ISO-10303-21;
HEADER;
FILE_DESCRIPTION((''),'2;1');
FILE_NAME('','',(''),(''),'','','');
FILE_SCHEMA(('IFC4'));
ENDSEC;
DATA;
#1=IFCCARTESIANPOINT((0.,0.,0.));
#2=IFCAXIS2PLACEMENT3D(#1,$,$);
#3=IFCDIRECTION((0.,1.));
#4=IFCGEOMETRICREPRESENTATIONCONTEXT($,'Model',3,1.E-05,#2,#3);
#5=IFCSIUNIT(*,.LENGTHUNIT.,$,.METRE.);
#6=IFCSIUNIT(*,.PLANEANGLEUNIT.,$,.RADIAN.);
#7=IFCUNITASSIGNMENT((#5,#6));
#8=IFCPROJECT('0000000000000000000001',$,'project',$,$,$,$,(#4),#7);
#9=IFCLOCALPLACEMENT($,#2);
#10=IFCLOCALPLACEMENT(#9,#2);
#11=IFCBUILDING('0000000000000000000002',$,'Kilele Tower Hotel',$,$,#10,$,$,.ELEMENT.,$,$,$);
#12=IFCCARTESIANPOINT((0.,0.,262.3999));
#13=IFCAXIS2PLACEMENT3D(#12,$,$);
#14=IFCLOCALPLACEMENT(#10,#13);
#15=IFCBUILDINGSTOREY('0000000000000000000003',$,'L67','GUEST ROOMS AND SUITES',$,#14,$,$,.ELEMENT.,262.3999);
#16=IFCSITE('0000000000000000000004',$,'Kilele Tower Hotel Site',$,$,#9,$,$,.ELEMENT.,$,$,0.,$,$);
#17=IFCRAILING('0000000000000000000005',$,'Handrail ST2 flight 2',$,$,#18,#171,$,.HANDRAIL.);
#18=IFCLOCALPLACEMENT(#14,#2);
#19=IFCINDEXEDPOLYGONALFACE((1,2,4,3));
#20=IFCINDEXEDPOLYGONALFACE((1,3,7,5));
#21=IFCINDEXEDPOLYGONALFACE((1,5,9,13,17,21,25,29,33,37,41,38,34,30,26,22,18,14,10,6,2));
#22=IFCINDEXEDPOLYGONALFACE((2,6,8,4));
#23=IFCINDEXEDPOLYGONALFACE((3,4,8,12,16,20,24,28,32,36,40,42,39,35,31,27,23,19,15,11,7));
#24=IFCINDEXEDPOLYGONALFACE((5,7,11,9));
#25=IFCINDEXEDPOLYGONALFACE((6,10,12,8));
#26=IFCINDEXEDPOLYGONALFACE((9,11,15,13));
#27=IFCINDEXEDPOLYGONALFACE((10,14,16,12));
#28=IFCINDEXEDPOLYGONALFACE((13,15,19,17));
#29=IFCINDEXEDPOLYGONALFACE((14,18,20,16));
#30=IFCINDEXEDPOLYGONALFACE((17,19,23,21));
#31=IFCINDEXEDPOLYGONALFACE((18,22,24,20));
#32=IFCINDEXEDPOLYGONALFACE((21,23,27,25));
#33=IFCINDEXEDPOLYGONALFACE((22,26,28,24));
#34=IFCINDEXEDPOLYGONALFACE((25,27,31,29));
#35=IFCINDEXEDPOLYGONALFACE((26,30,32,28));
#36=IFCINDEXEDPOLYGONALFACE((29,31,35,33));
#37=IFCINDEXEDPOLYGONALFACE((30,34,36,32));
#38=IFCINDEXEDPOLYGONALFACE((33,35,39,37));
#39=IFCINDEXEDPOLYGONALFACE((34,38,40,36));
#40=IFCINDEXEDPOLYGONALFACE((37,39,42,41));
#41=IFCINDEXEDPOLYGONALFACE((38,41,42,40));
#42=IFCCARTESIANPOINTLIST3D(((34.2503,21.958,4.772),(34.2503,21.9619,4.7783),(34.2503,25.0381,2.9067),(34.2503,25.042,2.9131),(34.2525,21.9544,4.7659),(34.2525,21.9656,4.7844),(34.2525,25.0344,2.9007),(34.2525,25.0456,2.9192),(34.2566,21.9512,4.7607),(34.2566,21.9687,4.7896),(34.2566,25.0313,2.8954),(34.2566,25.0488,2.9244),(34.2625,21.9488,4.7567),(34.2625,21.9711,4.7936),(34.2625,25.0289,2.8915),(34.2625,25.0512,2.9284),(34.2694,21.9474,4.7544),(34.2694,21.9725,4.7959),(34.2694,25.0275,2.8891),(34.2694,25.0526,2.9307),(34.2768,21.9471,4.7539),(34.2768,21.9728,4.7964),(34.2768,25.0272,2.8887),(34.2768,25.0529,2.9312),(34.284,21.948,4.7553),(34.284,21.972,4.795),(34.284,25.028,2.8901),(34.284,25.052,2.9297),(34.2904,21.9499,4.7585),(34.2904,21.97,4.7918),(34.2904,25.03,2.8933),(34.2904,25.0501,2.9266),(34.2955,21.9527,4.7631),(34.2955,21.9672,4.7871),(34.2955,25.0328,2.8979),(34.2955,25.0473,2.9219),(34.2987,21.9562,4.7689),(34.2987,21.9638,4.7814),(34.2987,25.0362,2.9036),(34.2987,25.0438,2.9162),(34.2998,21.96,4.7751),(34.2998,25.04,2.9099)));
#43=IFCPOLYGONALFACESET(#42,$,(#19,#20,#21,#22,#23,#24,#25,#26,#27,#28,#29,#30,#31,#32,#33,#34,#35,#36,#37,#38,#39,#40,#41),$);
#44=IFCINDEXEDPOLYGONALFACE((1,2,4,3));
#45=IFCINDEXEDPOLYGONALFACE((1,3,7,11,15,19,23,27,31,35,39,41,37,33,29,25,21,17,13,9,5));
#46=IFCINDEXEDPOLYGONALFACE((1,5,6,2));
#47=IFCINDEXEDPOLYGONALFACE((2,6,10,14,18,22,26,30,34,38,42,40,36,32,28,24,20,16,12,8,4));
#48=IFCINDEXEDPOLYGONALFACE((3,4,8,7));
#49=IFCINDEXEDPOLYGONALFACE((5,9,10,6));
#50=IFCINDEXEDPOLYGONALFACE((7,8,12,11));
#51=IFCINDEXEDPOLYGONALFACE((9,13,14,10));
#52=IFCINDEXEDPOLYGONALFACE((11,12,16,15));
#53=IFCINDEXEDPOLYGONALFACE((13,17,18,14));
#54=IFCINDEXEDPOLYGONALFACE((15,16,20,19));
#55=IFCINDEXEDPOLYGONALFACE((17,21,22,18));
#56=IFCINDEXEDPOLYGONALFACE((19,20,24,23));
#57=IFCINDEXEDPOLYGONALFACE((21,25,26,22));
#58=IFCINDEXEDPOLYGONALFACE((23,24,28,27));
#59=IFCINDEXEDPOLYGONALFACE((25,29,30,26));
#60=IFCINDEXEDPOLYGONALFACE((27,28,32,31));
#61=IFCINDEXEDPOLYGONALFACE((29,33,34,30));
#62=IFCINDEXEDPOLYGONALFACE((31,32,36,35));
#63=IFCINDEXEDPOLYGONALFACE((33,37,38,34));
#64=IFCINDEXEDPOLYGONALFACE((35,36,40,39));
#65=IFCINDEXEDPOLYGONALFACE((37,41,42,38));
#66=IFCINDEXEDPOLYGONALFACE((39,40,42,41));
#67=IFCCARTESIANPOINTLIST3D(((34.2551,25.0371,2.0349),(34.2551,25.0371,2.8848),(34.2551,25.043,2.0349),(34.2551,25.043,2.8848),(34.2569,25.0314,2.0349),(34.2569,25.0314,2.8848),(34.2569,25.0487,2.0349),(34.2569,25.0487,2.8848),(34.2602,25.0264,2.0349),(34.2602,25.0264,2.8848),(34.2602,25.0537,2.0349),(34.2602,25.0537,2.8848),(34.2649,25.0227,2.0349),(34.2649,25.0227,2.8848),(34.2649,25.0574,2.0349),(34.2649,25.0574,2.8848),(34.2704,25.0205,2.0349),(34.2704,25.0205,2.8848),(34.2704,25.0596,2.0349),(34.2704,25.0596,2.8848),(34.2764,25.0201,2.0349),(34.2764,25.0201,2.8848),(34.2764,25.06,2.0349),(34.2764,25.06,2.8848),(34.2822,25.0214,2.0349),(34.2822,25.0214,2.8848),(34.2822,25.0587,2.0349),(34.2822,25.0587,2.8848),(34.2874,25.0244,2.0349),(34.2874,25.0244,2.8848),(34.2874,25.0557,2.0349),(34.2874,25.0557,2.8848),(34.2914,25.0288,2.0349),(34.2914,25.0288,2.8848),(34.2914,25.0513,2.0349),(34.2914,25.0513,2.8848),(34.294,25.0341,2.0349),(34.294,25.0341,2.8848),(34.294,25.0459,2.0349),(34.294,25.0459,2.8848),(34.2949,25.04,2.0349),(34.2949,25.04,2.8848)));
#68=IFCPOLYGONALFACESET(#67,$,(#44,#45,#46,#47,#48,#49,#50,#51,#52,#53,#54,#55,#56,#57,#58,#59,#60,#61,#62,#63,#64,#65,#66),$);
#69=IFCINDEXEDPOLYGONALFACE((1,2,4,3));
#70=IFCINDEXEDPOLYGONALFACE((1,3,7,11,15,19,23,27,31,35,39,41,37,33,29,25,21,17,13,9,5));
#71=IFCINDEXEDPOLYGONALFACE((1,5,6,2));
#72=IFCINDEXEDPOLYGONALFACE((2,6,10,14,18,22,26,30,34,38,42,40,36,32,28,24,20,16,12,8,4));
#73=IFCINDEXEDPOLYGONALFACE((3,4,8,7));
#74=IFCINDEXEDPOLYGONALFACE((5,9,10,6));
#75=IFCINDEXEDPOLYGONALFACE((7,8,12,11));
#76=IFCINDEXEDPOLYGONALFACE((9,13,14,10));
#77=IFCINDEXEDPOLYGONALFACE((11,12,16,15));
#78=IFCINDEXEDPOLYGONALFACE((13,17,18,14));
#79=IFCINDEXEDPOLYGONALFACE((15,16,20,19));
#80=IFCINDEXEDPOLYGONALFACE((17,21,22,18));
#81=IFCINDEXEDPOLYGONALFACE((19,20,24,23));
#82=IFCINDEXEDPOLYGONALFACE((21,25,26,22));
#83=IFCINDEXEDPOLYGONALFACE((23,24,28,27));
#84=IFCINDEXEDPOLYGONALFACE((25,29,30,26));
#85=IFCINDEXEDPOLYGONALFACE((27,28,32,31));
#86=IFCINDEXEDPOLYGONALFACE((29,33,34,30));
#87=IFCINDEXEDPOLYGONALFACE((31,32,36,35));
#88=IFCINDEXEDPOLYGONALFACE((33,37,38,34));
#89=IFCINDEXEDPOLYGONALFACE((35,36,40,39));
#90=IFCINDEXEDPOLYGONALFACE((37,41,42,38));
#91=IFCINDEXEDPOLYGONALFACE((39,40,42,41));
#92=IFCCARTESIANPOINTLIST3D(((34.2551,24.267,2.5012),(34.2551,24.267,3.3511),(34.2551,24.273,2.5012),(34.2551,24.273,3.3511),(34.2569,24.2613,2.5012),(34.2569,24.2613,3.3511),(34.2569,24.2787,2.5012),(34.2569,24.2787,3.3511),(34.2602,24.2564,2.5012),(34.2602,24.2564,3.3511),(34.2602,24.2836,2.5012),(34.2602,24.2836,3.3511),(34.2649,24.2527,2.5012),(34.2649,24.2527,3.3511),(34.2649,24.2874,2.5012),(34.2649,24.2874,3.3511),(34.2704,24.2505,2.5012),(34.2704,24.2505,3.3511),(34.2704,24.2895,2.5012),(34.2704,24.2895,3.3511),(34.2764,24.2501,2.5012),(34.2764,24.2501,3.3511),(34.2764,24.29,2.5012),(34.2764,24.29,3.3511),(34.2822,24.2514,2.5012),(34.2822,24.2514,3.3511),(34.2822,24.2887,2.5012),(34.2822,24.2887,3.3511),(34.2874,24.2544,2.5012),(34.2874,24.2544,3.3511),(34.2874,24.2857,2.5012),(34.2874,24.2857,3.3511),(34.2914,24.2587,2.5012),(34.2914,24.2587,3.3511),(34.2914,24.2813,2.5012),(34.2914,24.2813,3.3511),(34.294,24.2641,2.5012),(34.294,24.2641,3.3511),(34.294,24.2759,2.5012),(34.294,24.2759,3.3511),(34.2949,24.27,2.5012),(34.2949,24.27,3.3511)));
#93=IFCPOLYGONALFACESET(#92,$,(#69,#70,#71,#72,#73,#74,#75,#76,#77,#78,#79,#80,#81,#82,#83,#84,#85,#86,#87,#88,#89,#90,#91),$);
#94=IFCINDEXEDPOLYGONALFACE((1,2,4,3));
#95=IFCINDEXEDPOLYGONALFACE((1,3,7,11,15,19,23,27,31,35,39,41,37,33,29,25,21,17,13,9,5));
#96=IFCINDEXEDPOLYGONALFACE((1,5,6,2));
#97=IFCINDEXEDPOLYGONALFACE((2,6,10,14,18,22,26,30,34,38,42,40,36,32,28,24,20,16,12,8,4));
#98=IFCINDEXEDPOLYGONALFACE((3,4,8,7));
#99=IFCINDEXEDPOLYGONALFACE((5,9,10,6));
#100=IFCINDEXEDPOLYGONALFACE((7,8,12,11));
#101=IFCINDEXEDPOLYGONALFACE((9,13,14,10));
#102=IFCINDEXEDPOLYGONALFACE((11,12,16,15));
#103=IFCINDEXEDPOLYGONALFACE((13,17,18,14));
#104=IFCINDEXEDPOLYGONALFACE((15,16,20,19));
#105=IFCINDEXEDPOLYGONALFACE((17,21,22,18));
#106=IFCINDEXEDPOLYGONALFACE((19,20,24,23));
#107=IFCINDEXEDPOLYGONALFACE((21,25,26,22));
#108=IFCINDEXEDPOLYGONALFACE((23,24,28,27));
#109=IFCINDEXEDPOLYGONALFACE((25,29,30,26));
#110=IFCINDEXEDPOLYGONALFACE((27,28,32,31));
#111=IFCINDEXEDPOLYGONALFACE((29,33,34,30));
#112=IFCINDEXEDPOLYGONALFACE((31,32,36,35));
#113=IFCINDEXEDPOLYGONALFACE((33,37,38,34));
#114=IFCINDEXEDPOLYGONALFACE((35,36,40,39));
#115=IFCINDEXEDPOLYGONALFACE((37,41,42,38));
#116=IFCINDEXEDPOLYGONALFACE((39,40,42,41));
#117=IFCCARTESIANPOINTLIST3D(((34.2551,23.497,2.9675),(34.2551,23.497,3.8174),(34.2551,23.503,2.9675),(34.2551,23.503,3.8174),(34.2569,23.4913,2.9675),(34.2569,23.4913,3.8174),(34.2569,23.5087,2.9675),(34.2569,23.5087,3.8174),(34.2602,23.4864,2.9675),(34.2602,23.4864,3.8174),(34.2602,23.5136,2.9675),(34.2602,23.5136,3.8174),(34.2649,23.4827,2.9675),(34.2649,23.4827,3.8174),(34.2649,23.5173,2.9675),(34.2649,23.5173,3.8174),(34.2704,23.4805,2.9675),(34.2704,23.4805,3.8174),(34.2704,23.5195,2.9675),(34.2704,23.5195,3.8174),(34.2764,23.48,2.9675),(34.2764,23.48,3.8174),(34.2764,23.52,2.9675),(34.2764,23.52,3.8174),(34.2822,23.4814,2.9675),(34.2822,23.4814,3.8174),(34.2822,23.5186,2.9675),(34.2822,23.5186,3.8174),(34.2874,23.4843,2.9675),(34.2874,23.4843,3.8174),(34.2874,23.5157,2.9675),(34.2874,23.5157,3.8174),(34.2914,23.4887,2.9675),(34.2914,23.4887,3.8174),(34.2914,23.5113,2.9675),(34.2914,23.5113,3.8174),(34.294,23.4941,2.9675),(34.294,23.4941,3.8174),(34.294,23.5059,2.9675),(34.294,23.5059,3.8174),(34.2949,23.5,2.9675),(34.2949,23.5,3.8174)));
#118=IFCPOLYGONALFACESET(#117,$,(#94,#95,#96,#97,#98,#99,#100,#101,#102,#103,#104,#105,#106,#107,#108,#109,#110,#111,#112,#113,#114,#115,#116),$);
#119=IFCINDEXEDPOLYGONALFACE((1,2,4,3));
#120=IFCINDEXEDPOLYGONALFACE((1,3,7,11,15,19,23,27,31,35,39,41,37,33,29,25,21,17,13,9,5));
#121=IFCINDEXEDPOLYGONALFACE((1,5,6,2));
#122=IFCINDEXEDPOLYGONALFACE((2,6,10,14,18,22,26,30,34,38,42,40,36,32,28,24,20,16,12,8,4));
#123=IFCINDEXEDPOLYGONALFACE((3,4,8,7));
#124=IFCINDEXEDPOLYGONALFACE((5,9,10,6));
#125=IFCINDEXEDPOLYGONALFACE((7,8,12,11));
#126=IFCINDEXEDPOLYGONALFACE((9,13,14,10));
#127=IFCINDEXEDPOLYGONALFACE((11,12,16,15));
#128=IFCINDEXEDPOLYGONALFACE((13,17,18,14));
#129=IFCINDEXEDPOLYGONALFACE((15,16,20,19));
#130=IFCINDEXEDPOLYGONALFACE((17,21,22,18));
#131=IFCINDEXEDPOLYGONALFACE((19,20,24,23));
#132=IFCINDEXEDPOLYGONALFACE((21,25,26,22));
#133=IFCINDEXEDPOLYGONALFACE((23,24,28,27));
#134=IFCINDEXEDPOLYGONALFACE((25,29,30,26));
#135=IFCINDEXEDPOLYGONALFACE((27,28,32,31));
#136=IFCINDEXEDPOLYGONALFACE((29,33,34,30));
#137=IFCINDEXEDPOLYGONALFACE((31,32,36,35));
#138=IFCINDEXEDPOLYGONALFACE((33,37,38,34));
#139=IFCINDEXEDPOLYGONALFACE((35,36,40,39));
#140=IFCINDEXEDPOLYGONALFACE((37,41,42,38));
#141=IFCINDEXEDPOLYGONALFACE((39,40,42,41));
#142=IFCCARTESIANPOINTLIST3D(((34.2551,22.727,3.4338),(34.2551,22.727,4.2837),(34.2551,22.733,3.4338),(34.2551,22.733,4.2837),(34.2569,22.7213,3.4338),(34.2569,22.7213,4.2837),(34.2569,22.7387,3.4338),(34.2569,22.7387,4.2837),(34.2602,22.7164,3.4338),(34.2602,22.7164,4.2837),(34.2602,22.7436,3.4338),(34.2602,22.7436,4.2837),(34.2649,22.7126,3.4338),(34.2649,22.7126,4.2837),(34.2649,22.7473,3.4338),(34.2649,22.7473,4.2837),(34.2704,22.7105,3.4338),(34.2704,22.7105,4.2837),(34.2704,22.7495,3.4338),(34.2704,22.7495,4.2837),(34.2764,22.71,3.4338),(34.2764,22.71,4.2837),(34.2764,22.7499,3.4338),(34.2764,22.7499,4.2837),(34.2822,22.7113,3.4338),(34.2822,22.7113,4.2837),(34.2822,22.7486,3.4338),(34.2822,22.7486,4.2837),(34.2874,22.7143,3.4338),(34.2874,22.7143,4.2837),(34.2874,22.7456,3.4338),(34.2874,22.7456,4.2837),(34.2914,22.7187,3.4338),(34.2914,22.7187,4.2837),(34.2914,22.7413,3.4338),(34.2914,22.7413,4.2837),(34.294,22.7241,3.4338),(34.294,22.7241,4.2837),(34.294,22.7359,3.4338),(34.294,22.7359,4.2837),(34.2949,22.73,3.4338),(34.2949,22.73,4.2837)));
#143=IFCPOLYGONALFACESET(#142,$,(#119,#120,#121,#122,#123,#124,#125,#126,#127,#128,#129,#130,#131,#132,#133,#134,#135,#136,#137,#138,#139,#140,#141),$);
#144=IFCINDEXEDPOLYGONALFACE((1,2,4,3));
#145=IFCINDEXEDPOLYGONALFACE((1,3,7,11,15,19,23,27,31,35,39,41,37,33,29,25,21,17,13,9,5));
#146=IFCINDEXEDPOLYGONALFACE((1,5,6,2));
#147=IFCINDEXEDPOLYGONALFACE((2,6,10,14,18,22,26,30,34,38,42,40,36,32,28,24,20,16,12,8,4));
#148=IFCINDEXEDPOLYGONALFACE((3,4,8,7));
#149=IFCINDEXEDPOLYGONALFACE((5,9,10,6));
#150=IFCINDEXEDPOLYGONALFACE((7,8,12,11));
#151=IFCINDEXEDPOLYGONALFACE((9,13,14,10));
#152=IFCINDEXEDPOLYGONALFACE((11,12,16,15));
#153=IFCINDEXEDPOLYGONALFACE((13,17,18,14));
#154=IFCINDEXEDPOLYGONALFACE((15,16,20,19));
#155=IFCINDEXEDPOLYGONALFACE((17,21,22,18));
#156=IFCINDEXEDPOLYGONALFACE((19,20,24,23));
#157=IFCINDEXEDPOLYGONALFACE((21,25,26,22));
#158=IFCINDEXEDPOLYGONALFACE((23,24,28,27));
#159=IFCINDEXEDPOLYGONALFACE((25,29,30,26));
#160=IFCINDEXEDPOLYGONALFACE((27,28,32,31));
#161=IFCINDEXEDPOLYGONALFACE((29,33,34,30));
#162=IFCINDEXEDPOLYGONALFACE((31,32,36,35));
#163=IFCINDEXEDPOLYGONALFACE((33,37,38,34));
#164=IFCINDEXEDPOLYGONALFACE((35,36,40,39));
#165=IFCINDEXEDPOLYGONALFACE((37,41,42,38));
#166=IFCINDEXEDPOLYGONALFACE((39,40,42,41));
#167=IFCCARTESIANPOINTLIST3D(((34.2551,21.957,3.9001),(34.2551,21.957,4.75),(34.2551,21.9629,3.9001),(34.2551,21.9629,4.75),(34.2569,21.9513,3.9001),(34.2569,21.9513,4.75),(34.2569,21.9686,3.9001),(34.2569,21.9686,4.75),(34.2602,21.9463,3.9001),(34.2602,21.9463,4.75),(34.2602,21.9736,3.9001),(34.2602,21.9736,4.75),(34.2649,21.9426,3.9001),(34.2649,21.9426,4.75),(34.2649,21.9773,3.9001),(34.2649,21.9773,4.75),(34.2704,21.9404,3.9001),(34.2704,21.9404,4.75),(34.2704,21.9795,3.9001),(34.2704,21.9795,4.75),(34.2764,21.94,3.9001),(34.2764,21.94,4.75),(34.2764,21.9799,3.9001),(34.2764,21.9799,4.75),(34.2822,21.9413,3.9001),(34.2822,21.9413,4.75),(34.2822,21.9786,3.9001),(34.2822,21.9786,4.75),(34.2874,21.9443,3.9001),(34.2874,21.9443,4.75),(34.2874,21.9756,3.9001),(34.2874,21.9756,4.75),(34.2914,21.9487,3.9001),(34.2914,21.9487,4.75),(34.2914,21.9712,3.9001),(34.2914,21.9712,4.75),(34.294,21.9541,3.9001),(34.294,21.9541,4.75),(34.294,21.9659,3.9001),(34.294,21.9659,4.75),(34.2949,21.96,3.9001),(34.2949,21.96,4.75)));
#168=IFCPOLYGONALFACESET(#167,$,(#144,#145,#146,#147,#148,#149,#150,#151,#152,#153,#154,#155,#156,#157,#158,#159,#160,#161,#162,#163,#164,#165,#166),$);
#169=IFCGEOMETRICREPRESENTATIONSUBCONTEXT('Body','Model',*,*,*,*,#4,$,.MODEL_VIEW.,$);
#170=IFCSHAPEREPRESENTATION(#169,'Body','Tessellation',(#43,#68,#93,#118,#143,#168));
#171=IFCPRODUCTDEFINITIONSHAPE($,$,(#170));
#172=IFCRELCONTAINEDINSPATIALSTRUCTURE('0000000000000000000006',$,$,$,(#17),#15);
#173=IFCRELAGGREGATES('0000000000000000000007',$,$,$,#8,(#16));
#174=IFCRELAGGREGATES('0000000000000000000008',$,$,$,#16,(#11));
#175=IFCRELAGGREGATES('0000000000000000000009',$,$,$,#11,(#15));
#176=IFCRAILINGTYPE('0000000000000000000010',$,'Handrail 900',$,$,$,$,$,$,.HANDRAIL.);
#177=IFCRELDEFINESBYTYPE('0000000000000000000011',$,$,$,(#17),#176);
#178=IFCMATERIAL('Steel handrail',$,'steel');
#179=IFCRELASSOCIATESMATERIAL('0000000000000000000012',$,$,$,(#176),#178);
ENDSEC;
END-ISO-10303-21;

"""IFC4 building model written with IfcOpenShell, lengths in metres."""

from ifc_helpers import new_model, si_unit, direction, frame, origin, origin_2d, place, context, subcontext, project, spatial, circle, extrude, material, type_object, element, save


model = new_model("IFC4")

# Units and contexts
model_context = context("Model", 3, precision=1e-05, world=origin(), true_north=direction((0.0, 1.0)))
body_context = subcontext(model_context, "Body", "Model", "MODEL_VIEW")
ifc_project = project(units=[si_unit("LENGTHUNIT", "METRE"), si_unit("PLANEANGLEUNIT", "RADIAN")], contexts=[model_context])

# Site, building, storey
site_placement = place(None, origin())
site = spatial("IfcSite", under=ifc_project, at=site_placement, Name="Kilele Tower Hotel Site", CompositionType="ELEMENT", RefElevation=0.0)
building_placement = place(site_placement, origin())
building = spatial("IfcBuilding", under=site, at=building_placement, Name="Kilele Tower Hotel", CompositionType="ELEMENT")
storey_placement = place(building_placement, frame((0.0, 0.0, 262.3999)))
storey = spatial("IfcBuildingStorey", under=building, at=storey_placement, Name="L67", Description="GUEST ROOMS AND SUITES", CompositionType="ELEMENT", Elevation=262.3999)

# Railing
ifc_material_1 = material(Name="Steel handrail", Category="steel")
railing_type_1 = type_object("IfcRailingType", Name="Handrail 900", PredefinedType="HANDRAIL", material=ifc_material_1)
for number, where, name in (
    (1, (34.2749, 25.04, 2.0349), "Handrail ST2 flight 2"),
):
    element("IfcRailing", number, at=place(storey_placement, frame(where)), inside=storey, type_object=railing_type_1, Name=name, PredefinedType="HANDRAIL", context=body_context, shape_type="SweptSolid", body=[
        extrude(circle(Radius=0.0249, at=origin_2d()), frame((0.0, 0.0, 0.875), z_axis=(0.0, -0.85538, 0.518001), x_axis=(1.0, 0.0, 0.0)), (0.0, 0.0, 1.0), 3.6008),
        extrude(circle(Radius=0.02, at=origin_2d()), origin(), (0.0, 0.0, 1.0), 0.8499),
        extrude(circle(Radius=0.02, at=origin_2d()), frame((0.0, -0.77, 0.4663)), (0.0, 0.0, 1.0), 0.8499),
        extrude(circle(Radius=0.02, at=origin_2d()), frame((0.0, -1.54, 0.9326)), (0.0, 0.0, 1.0), 0.8499),
        extrude(circle(Radius=0.02, at=origin_2d()), frame((0.0, -2.3101, 1.3989)), (0.0, 0.0, 1.0), 0.8499),
        extrude(circle(Radius=0.02, at=origin_2d()), frame((0.0, -3.0801, 1.8652)), (0.0, 0.0, 1.0), 0.8499),
    ])

save(model, "model.ifc")
